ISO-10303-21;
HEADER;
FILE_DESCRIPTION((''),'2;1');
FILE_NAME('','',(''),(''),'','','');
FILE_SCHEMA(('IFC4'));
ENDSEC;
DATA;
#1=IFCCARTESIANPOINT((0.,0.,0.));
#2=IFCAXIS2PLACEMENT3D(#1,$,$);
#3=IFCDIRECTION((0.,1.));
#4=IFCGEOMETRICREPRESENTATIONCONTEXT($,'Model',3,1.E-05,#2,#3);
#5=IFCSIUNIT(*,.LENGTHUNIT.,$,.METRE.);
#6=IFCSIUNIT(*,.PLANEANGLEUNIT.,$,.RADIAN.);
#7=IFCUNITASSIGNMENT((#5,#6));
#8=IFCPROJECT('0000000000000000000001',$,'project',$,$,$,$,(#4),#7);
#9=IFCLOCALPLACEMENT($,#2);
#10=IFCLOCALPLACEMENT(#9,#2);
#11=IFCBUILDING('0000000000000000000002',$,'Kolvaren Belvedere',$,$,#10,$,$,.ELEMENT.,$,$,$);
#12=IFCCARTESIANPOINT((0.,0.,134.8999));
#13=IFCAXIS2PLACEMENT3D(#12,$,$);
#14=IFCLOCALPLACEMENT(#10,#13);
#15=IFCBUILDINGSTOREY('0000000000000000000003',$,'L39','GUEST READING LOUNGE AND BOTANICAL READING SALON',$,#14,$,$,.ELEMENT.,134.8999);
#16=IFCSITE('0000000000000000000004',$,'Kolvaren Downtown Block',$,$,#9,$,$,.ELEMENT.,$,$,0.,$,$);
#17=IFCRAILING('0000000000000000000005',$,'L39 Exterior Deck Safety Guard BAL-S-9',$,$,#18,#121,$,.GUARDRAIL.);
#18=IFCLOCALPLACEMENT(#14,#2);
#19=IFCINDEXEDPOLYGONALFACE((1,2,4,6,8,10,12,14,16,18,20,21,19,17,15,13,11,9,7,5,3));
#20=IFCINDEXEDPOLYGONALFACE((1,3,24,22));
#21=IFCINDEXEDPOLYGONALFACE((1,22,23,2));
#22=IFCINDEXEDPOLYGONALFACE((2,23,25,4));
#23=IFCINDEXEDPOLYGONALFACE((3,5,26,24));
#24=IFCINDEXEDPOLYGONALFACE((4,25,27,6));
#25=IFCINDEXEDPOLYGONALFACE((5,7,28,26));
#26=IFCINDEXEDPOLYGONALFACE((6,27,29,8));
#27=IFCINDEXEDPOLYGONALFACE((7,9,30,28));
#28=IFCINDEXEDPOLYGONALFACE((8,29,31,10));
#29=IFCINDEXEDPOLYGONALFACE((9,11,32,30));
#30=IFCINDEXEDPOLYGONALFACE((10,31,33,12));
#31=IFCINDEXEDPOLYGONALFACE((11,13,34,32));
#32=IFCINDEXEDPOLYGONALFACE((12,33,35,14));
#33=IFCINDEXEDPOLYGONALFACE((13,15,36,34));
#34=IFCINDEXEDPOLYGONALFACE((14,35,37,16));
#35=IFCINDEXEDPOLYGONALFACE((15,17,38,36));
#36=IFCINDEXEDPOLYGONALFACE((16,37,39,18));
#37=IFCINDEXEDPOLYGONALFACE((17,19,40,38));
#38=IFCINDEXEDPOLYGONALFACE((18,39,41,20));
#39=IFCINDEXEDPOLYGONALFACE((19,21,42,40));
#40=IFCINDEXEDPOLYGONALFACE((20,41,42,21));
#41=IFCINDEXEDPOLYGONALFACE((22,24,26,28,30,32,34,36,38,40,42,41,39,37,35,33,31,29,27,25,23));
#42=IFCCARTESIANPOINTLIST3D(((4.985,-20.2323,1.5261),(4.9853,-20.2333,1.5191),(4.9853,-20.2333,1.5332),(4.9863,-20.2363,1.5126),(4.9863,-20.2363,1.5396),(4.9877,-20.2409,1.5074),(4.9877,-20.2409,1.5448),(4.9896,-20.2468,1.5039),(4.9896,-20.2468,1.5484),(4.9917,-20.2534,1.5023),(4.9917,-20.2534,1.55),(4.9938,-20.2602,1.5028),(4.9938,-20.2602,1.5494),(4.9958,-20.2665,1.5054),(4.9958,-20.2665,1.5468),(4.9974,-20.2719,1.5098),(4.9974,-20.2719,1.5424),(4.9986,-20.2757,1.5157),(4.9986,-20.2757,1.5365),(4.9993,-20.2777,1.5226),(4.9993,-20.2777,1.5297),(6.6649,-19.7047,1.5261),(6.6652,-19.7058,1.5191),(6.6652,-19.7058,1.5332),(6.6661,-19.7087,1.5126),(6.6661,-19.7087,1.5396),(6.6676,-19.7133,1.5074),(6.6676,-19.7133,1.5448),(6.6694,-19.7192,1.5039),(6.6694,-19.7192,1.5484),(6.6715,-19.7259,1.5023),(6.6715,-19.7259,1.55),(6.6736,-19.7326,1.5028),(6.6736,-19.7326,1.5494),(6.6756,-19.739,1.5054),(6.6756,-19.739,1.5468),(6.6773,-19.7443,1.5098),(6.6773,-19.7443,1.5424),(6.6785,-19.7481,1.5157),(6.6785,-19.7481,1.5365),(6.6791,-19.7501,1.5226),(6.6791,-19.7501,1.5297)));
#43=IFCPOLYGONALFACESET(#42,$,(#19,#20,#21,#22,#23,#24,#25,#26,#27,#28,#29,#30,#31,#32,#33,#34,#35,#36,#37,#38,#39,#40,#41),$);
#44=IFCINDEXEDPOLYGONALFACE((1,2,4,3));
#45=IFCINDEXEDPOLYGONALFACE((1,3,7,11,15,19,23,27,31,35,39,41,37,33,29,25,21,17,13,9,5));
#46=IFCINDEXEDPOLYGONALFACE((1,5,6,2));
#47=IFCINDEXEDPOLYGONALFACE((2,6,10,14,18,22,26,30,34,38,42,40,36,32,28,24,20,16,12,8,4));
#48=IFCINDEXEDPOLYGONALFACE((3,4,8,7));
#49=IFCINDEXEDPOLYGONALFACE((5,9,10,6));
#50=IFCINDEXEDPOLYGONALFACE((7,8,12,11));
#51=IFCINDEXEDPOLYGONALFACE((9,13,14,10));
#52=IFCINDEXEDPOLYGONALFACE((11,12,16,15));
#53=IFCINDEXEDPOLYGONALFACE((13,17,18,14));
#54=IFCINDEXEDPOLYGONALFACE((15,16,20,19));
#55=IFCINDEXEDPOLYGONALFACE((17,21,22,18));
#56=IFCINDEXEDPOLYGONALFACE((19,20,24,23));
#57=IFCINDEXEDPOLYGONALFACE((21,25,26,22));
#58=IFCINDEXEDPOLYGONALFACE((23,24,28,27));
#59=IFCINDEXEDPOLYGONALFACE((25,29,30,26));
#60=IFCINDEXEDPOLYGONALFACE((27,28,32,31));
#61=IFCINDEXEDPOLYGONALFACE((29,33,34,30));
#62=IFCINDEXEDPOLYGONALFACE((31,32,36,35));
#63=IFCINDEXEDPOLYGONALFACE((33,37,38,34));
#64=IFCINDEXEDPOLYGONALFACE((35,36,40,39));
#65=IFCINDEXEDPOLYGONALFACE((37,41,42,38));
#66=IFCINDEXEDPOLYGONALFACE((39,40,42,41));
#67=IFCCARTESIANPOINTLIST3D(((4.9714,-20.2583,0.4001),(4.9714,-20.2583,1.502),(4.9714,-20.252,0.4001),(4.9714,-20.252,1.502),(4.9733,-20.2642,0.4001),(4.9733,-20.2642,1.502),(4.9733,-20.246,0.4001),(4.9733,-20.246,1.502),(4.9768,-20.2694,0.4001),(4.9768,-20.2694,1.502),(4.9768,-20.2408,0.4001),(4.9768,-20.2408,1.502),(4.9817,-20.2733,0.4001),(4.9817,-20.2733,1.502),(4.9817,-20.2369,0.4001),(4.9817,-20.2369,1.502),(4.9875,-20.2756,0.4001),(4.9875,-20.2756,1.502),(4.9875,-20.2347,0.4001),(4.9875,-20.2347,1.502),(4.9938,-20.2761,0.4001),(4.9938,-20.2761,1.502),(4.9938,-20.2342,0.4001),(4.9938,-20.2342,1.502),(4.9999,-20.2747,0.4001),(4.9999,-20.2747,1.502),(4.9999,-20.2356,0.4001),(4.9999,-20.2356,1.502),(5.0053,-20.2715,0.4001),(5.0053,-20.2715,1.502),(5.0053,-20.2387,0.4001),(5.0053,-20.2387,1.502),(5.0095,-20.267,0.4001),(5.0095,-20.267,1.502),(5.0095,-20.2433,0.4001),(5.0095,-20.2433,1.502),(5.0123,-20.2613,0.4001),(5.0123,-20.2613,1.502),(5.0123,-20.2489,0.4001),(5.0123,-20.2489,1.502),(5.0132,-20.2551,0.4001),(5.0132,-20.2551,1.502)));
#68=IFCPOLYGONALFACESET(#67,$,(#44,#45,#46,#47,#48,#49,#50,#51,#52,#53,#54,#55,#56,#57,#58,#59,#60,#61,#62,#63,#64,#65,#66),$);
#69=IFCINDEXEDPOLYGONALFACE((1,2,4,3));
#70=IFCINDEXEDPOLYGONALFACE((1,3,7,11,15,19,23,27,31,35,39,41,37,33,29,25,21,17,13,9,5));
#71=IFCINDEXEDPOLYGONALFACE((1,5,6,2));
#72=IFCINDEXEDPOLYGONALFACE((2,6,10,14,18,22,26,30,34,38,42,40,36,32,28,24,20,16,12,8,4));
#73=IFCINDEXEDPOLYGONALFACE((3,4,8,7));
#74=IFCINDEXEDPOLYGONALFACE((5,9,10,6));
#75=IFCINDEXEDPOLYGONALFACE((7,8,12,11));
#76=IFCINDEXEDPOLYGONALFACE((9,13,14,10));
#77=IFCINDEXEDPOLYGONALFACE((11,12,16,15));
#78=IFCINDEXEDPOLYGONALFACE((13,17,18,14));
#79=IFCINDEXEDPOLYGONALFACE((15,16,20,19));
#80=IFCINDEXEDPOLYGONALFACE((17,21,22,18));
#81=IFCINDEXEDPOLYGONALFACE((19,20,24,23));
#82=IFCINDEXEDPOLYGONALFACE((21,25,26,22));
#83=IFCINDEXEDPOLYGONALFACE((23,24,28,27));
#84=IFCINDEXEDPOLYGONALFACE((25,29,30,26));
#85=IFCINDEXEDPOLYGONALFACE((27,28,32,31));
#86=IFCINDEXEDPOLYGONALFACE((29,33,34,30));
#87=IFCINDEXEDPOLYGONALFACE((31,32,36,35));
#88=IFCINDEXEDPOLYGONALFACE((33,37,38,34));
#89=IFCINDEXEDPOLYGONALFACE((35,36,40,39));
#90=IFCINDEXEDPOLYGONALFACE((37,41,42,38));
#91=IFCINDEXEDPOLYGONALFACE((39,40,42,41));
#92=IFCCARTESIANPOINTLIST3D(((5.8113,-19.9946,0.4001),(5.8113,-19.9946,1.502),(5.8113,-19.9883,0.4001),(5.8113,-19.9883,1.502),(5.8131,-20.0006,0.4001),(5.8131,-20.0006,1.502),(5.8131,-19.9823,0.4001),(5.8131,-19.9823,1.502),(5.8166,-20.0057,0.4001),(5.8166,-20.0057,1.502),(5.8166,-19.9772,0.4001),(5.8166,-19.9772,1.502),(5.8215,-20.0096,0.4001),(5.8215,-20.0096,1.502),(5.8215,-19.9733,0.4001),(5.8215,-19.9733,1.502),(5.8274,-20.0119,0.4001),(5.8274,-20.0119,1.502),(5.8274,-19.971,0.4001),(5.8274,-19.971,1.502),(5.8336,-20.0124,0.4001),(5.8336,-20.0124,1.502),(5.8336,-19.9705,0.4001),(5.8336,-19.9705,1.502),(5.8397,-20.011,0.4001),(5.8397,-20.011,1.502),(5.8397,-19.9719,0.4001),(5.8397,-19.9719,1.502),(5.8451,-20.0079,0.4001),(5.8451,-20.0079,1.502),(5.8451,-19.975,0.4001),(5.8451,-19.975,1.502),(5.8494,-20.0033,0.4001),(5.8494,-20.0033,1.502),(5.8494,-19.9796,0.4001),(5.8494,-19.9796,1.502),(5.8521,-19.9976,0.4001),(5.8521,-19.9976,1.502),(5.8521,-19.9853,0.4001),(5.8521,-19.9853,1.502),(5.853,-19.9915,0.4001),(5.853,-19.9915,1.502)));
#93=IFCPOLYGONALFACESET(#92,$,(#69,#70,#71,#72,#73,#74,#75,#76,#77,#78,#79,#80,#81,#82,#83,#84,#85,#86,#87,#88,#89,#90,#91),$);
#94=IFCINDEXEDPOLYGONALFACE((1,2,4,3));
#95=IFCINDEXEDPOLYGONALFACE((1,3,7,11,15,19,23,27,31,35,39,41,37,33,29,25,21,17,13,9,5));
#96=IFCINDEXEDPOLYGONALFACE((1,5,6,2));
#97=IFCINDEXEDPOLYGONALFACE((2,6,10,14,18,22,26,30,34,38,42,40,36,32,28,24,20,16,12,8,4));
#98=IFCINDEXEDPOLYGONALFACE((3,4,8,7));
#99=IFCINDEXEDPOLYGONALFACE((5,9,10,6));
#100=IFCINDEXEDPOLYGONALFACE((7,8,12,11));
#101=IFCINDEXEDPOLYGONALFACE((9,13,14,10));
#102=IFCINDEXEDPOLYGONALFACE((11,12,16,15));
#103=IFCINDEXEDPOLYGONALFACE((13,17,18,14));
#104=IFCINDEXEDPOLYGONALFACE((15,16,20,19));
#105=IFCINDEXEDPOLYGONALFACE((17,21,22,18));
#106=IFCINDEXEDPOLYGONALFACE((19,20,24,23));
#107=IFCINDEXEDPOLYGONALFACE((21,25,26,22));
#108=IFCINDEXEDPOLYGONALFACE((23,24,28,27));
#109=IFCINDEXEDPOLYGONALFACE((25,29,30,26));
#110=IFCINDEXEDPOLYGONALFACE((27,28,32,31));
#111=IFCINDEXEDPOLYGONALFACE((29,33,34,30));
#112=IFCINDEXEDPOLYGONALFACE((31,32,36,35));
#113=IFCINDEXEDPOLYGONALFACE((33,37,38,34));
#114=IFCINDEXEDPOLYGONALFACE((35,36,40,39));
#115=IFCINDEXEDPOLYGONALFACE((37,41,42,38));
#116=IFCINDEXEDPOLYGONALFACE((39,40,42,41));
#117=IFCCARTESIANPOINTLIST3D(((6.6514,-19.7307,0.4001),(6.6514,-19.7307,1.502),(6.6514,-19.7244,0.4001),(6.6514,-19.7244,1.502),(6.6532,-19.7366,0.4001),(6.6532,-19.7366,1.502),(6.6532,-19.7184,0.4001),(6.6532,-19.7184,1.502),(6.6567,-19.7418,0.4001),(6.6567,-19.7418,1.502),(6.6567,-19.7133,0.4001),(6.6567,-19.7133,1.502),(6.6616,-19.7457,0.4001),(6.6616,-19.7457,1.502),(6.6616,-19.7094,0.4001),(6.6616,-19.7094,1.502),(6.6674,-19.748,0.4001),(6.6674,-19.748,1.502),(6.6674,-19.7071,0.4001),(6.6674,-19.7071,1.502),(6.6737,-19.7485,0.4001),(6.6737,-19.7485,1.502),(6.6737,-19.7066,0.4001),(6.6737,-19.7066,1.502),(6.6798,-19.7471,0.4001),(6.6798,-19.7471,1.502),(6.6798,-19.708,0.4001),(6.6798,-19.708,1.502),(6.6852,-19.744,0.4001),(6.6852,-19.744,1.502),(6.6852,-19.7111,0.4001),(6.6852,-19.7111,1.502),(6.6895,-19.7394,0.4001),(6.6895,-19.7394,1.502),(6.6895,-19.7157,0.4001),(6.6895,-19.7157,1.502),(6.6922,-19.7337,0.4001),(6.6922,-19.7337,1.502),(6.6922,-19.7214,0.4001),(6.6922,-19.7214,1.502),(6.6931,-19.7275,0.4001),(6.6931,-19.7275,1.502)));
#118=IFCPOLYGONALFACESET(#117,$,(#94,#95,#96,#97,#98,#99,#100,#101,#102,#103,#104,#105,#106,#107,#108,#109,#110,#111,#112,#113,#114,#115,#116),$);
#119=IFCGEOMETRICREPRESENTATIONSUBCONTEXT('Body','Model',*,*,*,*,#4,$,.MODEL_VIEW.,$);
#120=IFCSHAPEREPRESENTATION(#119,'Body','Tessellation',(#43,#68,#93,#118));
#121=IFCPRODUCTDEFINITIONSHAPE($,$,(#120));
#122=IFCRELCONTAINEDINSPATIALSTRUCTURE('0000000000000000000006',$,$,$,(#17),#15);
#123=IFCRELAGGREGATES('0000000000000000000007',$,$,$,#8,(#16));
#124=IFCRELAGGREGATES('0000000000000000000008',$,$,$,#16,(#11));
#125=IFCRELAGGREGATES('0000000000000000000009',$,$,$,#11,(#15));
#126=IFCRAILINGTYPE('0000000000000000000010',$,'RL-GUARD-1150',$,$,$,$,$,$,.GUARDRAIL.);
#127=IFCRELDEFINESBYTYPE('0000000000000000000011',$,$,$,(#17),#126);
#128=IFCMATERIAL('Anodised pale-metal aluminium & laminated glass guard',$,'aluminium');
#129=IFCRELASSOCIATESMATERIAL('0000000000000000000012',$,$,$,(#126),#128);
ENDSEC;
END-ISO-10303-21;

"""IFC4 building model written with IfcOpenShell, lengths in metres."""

from ifc_helpers import new_model, si_unit, direction, frame, origin, origin_2d, place, context, subcontext, project, spatial, circle, extrude, material, type_object, element, save


model = new_model("IFC4")

# Units and contexts
model_context = context("Model", 3, precision=1e-05, world=origin(), true_north=direction((0.0, 1.0)))
body_context = subcontext(model_context, "Body", "Model", "MODEL_VIEW")
ifc_project = project(units=[si_unit("LENGTHUNIT", "METRE"), si_unit("PLANEANGLEUNIT", "RADIAN")], contexts=[model_context])

# Site, building, storey
site_placement = place(None, origin())
site = spatial("IfcSite", under=ifc_project, at=site_placement, Name="Kolvaren Downtown Block", CompositionType="ELEMENT", RefElevation=0.0)
building_placement = place(site_placement, origin())
building = spatial("IfcBuilding", under=site, at=building_placement, Name="Kolvaren Belvedere", CompositionType="ELEMENT")
storey_placement = place(building_placement, frame((0.0, 0.0, 134.8999)))
storey = spatial("IfcBuildingStorey", under=building, at=storey_placement, Name="L39", Description="GUEST READING LOUNGE AND BOTANICAL READING SALON", CompositionType="ELEMENT", Elevation=134.8999)

# Railing
ifc_material_1 = material(Name="Anodised pale-metal aluminium & laminated glass guard", Category="aluminium")
railing_type = type_object("IfcRailingType", Name="RL-GUARD-1150", PredefinedType="GUARDRAIL", material=ifc_material_1)
railing_1_placement = place(storey_placement, frame((4.9922, -20.2551, 0.4001)))
element("IfcRailing", 1, at=railing_1_placement, inside=storey, type_object=railing_type, Name="L39 Exterior Deck Safety Guard BAL-S-9", PredefinedType="GUARDRAIL", context=body_context, shape_type="SweptSolid", body=[
    extrude(circle(Radius=0.0239, at=origin_2d()), frame((0.0, 0.0, 1.126), z_axis=(0.954057, 0.299625, 0.0), x_axis=(-0.299625, 0.954057, 0.0)), (0.0, 0.0, 1.0), 1.7607),
    extrude(circle(Radius=0.021, at=origin_2d()), origin(), (0.0, 0.0, 1.0), 1.1018),
    extrude(circle(Radius=0.021, at=origin_2d()), frame((0.8398, 0.2637, 0.0)), (0.0, 0.0, 1.0), 1.1018),
    extrude(circle(Radius=0.021, at=origin_2d()), frame((1.6799, 0.5276, 0.0)), (0.0, 0.0, 1.0), 1.1018),
])

save(model, "model.ifc")
